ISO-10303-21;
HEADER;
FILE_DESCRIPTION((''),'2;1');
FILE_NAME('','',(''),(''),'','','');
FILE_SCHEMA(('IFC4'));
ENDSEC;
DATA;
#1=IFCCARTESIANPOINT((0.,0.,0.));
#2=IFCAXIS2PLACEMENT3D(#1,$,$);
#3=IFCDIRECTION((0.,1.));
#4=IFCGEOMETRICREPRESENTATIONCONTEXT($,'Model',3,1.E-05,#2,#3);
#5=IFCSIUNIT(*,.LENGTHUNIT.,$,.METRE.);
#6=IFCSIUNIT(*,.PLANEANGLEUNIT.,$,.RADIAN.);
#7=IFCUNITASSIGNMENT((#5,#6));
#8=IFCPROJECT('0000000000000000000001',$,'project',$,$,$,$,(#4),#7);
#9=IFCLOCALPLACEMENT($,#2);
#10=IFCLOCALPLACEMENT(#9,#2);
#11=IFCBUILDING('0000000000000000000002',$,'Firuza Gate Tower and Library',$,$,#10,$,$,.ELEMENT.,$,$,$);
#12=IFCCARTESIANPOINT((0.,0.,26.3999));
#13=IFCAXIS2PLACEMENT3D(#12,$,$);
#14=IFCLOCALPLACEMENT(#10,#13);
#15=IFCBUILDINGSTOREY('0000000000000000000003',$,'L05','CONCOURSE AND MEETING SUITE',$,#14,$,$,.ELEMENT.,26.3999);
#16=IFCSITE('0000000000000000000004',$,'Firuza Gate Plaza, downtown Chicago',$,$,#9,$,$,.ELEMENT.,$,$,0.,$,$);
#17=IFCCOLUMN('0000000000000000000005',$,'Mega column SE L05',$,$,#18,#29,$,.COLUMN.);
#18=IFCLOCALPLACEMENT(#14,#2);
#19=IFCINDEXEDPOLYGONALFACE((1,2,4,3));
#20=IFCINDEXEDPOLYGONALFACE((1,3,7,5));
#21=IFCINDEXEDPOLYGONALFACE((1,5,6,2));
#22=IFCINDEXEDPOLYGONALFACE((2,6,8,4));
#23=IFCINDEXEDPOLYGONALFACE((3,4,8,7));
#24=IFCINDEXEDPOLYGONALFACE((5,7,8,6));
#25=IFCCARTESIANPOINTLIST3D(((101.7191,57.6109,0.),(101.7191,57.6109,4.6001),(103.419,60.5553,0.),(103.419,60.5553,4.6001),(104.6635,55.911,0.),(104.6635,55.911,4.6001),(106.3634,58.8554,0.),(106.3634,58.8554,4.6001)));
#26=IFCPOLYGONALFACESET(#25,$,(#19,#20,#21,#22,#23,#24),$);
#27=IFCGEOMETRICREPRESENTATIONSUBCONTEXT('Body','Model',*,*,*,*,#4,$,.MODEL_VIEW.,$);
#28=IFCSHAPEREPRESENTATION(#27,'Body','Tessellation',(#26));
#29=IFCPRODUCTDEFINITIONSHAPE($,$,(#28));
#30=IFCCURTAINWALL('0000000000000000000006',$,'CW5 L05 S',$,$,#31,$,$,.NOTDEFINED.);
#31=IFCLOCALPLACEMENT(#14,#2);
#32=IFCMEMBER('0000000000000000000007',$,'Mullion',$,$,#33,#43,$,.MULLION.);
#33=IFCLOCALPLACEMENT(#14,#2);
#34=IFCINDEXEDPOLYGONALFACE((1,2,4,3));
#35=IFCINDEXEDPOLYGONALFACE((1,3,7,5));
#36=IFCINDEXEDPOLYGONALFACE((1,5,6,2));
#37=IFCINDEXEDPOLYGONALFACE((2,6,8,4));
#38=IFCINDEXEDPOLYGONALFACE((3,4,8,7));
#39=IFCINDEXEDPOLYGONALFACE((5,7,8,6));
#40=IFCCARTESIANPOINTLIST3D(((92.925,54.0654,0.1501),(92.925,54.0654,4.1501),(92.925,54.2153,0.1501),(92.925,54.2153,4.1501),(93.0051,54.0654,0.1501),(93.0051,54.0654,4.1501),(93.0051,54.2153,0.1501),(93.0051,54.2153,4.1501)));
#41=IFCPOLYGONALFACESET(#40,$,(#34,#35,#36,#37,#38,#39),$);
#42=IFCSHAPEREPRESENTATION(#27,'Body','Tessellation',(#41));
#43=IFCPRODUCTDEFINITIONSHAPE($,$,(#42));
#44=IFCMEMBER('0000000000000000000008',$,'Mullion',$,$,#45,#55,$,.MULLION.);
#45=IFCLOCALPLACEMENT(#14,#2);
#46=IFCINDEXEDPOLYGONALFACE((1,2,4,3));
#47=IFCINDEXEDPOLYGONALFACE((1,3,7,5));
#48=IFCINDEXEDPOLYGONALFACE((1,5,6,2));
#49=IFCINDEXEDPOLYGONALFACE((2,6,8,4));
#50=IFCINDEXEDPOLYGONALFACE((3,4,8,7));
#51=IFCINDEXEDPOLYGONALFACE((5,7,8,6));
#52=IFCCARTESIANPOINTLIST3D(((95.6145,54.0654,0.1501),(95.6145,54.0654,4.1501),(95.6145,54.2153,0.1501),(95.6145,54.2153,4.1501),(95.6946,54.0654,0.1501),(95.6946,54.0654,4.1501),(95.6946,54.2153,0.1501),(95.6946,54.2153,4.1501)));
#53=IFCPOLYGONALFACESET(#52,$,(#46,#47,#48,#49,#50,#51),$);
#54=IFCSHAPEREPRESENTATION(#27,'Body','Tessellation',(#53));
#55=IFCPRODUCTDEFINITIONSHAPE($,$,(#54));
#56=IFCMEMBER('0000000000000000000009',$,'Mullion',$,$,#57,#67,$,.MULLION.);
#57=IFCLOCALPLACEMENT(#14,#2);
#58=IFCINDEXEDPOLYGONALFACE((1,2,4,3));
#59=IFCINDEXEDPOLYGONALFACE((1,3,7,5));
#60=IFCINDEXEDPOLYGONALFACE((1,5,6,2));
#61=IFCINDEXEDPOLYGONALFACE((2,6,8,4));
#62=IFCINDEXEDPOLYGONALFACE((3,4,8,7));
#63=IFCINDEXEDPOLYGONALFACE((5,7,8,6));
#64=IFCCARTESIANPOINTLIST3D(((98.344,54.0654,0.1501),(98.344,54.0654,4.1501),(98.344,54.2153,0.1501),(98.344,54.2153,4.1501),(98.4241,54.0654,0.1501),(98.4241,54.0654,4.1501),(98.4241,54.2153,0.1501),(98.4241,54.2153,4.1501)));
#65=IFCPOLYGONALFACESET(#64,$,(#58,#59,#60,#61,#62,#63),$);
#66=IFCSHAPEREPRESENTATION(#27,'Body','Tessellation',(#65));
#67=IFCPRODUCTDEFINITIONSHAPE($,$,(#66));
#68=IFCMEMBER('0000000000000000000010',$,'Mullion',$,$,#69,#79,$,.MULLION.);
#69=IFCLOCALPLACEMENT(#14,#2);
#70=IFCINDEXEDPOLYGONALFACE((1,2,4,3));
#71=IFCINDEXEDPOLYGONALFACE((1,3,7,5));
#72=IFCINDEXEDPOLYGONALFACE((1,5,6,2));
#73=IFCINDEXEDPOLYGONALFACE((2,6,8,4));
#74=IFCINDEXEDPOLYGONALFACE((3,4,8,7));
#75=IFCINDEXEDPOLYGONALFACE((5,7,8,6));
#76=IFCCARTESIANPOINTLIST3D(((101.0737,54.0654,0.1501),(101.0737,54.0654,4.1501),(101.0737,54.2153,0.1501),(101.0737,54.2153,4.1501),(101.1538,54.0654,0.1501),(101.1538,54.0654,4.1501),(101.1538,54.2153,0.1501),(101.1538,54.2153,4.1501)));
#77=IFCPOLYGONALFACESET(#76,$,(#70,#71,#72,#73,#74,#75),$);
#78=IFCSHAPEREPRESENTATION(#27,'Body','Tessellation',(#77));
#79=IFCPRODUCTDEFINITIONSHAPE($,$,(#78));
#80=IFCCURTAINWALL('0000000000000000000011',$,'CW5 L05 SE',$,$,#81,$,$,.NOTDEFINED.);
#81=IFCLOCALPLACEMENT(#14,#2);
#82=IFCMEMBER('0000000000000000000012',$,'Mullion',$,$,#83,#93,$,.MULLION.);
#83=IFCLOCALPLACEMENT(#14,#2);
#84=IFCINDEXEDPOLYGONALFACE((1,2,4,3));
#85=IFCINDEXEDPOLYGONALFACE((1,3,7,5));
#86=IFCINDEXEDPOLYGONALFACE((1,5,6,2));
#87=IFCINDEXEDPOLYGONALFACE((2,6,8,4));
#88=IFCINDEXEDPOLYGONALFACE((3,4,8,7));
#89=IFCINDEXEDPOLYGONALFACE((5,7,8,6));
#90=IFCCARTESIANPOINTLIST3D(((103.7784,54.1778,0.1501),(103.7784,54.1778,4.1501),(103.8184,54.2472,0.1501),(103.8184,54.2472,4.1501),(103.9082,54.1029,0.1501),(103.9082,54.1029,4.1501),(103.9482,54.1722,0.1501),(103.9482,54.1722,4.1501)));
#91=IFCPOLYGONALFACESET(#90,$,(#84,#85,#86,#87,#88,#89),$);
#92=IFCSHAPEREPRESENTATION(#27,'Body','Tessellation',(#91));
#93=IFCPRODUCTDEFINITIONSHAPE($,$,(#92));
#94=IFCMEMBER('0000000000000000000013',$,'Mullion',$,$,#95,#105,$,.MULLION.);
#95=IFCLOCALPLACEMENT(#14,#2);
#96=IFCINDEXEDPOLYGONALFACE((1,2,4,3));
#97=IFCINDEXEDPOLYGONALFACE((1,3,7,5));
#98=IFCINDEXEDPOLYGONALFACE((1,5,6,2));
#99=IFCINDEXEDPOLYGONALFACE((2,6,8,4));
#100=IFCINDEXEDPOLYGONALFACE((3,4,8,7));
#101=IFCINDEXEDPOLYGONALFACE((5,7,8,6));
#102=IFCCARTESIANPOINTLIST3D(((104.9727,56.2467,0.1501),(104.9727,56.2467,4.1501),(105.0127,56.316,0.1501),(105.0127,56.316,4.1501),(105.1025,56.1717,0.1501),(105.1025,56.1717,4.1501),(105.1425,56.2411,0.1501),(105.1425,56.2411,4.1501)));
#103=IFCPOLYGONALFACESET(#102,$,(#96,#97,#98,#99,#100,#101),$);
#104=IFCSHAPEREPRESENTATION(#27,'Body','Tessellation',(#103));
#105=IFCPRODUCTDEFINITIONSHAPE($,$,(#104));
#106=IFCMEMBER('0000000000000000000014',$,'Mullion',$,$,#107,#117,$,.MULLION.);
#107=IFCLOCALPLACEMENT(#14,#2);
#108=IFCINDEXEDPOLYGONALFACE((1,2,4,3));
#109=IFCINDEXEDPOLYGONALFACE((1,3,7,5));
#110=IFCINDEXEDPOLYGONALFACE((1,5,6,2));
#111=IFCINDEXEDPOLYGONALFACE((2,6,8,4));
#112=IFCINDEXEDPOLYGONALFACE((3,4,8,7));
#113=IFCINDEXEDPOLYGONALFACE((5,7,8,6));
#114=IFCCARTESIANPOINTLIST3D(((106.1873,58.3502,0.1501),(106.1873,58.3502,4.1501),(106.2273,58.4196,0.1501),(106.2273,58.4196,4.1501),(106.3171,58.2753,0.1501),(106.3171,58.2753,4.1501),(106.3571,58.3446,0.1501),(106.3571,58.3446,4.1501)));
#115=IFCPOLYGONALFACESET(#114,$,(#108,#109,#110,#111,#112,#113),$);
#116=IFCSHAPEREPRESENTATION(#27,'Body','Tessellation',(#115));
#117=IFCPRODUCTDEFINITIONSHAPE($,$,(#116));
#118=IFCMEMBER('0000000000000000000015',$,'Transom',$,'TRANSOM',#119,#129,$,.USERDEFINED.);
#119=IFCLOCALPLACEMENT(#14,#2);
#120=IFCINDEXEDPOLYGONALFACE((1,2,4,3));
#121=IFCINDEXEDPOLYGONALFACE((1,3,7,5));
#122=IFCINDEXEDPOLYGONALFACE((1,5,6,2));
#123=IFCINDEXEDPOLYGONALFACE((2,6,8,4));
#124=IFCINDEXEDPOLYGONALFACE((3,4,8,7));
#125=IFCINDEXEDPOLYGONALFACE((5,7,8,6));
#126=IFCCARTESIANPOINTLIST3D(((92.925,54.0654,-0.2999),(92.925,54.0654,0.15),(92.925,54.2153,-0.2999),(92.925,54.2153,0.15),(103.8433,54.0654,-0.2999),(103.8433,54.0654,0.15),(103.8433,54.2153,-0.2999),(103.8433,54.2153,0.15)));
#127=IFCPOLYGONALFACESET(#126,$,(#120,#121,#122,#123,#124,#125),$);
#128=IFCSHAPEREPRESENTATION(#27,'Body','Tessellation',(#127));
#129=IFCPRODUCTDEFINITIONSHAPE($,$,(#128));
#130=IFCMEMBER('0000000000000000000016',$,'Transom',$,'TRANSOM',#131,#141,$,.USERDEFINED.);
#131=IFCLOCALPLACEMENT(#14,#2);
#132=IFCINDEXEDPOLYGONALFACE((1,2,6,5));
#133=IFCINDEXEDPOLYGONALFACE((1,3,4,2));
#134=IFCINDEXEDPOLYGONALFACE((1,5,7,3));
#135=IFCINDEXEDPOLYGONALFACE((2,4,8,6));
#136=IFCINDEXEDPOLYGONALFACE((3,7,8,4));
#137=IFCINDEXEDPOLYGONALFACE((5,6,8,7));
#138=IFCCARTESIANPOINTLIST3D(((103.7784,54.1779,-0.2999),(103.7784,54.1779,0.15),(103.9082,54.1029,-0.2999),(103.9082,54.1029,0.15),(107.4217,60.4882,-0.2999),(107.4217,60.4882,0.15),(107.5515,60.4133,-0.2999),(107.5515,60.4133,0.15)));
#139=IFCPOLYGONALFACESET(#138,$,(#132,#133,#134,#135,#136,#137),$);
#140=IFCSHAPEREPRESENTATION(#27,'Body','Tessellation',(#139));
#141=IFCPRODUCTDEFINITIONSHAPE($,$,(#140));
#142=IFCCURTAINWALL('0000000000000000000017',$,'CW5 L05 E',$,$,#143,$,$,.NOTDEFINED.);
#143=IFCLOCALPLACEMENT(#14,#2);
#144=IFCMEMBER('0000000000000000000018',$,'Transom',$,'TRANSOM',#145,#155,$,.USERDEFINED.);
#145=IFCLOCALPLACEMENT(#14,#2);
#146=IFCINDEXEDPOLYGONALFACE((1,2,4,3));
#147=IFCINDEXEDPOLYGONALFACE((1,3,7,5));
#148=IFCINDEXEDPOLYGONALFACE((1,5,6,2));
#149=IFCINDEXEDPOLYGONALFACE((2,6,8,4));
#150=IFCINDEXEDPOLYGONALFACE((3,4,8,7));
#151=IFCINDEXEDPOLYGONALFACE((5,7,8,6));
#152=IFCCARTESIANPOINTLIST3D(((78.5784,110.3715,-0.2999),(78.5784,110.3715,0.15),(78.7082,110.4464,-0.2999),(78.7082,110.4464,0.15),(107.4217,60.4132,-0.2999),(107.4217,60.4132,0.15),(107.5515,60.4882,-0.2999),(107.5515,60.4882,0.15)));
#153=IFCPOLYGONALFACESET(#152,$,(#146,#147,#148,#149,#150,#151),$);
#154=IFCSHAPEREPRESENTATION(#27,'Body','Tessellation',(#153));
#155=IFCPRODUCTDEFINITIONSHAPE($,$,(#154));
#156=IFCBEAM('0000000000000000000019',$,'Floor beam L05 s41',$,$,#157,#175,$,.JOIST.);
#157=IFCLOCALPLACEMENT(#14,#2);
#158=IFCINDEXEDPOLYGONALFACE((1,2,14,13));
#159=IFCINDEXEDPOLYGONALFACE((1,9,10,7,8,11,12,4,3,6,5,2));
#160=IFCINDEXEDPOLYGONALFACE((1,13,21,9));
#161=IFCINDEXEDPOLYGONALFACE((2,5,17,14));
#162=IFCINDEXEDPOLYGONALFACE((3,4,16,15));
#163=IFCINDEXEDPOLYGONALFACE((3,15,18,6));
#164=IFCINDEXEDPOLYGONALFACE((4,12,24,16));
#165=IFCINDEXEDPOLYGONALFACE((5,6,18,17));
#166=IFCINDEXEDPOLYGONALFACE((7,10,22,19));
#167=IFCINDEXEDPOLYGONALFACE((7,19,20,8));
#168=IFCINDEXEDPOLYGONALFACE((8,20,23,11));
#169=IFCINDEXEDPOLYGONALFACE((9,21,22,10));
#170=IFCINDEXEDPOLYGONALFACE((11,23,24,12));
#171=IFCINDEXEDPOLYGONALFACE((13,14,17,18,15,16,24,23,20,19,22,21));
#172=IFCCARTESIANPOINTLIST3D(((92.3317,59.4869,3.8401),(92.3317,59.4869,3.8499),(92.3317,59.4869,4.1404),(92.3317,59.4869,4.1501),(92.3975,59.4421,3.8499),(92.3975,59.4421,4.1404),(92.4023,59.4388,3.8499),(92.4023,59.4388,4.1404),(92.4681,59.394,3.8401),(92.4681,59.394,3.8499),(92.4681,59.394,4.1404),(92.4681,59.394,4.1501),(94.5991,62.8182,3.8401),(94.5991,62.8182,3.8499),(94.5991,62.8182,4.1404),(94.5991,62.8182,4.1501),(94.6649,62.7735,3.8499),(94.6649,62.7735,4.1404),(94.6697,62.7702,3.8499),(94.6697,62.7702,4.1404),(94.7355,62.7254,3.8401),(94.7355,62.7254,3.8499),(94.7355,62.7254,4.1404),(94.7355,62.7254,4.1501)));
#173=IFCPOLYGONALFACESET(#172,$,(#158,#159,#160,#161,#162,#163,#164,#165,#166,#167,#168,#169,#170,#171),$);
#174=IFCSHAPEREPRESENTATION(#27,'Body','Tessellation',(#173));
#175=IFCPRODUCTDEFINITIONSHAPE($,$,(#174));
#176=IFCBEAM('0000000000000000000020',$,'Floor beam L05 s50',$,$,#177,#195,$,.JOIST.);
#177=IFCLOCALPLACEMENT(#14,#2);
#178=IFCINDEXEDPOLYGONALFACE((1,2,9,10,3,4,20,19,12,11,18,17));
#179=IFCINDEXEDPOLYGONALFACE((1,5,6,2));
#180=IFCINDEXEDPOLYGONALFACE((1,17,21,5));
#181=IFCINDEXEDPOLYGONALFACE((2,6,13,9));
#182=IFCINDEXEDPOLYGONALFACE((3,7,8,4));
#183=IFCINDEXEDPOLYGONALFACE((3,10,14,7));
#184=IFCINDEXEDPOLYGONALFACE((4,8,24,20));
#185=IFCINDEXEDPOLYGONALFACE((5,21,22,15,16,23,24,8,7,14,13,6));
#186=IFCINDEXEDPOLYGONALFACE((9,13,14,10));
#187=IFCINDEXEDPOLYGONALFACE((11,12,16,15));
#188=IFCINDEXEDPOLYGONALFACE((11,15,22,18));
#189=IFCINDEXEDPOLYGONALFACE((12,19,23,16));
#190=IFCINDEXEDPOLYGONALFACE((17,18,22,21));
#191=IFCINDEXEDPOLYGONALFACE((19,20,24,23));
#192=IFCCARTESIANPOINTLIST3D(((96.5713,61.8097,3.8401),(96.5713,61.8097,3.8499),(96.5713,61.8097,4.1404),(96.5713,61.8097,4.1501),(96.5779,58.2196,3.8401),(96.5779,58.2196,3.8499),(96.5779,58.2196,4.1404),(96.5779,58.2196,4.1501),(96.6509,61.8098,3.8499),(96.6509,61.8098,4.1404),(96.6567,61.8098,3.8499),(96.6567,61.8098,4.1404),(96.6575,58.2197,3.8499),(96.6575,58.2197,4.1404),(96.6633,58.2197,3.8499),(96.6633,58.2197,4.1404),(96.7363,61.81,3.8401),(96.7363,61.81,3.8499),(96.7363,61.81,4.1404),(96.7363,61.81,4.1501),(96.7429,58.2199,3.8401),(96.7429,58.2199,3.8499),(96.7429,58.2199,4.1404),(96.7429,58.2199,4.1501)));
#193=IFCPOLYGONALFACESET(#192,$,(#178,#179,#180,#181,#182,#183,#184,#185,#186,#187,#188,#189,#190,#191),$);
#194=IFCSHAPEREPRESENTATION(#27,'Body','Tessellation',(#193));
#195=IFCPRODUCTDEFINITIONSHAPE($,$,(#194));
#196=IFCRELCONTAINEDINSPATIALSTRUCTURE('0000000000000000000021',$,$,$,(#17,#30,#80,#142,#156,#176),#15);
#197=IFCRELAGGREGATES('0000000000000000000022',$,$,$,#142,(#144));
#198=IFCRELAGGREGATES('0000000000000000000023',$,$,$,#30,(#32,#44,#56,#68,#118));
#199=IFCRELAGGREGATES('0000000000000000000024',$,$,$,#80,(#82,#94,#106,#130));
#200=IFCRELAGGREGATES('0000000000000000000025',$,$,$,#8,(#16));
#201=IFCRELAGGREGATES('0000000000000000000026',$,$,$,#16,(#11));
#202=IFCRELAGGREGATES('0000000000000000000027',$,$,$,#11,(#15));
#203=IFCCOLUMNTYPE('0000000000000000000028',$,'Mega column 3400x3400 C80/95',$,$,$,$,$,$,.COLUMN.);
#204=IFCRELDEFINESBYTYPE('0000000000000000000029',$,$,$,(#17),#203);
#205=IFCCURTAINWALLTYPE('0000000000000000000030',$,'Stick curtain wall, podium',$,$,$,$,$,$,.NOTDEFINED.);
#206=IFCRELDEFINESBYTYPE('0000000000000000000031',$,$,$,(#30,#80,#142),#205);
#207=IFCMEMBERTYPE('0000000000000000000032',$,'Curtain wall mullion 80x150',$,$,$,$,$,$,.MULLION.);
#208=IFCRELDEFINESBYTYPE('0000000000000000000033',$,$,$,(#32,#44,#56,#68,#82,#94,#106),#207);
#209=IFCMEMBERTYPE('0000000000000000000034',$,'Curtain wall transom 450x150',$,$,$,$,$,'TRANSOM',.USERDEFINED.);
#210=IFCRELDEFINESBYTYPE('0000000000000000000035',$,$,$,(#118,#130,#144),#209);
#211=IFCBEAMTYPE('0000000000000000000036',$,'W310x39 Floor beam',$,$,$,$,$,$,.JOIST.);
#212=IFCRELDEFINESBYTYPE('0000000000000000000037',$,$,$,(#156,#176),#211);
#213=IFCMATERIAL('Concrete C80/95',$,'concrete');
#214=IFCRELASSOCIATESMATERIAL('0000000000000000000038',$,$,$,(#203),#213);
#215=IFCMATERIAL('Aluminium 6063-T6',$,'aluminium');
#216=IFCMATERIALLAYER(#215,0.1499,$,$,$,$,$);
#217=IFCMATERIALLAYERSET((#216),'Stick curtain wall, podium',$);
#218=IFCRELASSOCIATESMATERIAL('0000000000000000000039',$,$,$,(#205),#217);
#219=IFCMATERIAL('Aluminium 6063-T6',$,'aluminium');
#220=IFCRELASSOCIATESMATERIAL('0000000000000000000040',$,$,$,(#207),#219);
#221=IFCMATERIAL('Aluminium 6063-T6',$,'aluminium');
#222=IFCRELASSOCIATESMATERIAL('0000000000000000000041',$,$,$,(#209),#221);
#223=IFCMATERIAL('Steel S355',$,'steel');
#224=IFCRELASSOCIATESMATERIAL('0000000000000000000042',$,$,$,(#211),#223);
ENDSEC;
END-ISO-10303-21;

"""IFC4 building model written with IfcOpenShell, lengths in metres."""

from ifc_helpers import new_model, si_unit, direction, frame, origin, origin_2d, place, context, subcontext, project, spatial, rectangle, i_section, extrude, material, layer, layer_set, material_profile, profile_set, type_object, element, aggregate, save


model = new_model("IFC4")

# Units and contexts
model_context = context("Model", 3, precision=1e-05, world=origin(), true_north=direction((0.0, 1.0)))
body_context = subcontext(model_context, "Body", "Model", "MODEL_VIEW")
ifc_project = project(units=[si_unit("LENGTHUNIT", "METRE"), si_unit("PLANEANGLEUNIT", "RADIAN")], contexts=[model_context])

# Site, building, storey
site_placement = place(None, origin())
site = spatial("IfcSite", under=ifc_project, at=site_placement, Name="Firuza Gate Plaza, downtown Chicago", CompositionType="ELEMENT", RefElevation=0.0)
building_placement = place(site_placement, origin())
building = spatial("IfcBuilding", under=site, at=building_placement, Name="Firuza Gate Tower and Library", CompositionType="ELEMENT")
storey_placement = place(building_placement, frame((0.0, 0.0, 26.3999)))
storey = spatial("IfcBuildingStorey", under=building, at=storey_placement, Name="L05", Description="CONCOURSE AND MEETING SUITE", CompositionType="ELEMENT", Elevation=26.3999)

# Column
ifc_material_1 = material(Name="Concrete C80/95", Category="concrete")
ifc_material_profile_1 = material_profile(ifc_material_1, rectangle(XDim=3.3999, YDim=3.3999, at=origin_2d()))
ifc_profile_set_1 = profile_set([ifc_material_profile_1], Name="Concrete C80/95")
column_type = type_object("IfcColumnType", Name="Mega column 3400x3400 C80/95", PredefinedType="COLUMN", material=ifc_profile_set_1)
column_placement = place(storey_placement, frame((104.0413, 58.2332, 0.0), z_axis=(0.0, 0.0, 1.0), x_axis=(0.5, 0.866025, 0.0)))
element("IfcColumn", 1, at=column_placement, inside=storey, type_object=column_type, Name="Mega column SE L05", PredefinedType="COLUMN", context=body_context, shape_type="SweptSolid", body=[
    extrude(rectangle(XDim=3.3999, YDim=3.3999, at=origin_2d()), origin(), (0.0, 0.0, 1.0), 4.6001),
])

# Curtain walls, members
ifc_material_2 = material(Name="Aluminium 6063-T6", Category="aluminium")
ifc_layer_1 = layer(ifc_material_2, 0.1499)
ifc_layer_set_1 = layer_set([ifc_layer_1], Name="Stick curtain wall, podium")
curtain_wall_type = type_object("IfcCurtainWallType", Name="Stick curtain wall, podium", PredefinedType="NOTDEFINED", material=ifc_layer_set_1)
placement = place(storey_placement, origin())
curtain_wall_1 = element("IfcCurtainWall", 2, at=placement, inside=storey, type_object=curtain_wall_type, Name="CW5 L05 S", PredefinedType="NOTDEFINED")
ifc_material_3 = material(Name="Aluminium 6063-T6", Category="aluminium")
ifc_material_profile_2 = material_profile(ifc_material_3, rectangle(XDim=0.1499, YDim=0.0801, at=origin_2d()))
ifc_profile_set_2 = profile_set([ifc_material_profile_2], Name="Aluminium 6063-T6")
member_type_1 = type_object("IfcMemberType", Name="Curtain wall mullion 80x150", PredefinedType="MULLION", material=ifc_profile_set_2)
member_1_placement = place(storey_placement, frame((92.9651, 54.1404, 0.1501), z_axis=(0.0, 0.0, 1.0), x_axis=(0.0, 1.0, 0.0)))
member_1 = element("IfcMember", 3, at=member_1_placement, type_object=member_type_1, Name="Mullion", PredefinedType="MULLION", context=body_context, shape_type="SweptSolid", body=[
    extrude(rectangle(XDim=0.1499, YDim=0.0801, at=origin_2d()), origin(), (0.0, 0.0, 1.0), 4.0),
])
member_2_placement = place(storey_placement, frame((95.6545, 54.1404, 0.1501), z_axis=(0.0, 0.0, 1.0), x_axis=(0.0, 1.0, 0.0)))
member_2 = element("IfcMember", 4, at=member_2_placement, type_object=member_type_1, Name="Mullion", PredefinedType="MULLION", context=body_context, shape_type="SweptSolid", body=[
    extrude(rectangle(XDim=0.1499, YDim=0.0801, at=origin_2d()), origin(), (0.0, 0.0, 1.0), 4.0),
])
member_3_placement = place(storey_placement, frame((98.384, 54.1404, 0.1501), z_axis=(0.0, 0.0, 1.0), x_axis=(0.0, 1.0, 0.0)))
member_3 = element("IfcMember", 5, at=member_3_placement, type_object=member_type_1, Name="Mullion", PredefinedType="MULLION", context=body_context, shape_type="SweptSolid", body=[
    extrude(rectangle(XDim=0.1499, YDim=0.0801, at=origin_2d()), origin(), (0.0, 0.0, 1.0), 4.0),
])
member_4_placement = place(storey_placement, frame((101.1138, 54.1404, 0.1501), z_axis=(0.0, 0.0, 1.0), x_axis=(0.0, 1.0, 0.0)))
member_4 = element("IfcMember", 6, at=member_4_placement, type_object=member_type_1, Name="Mullion", PredefinedType="MULLION", context=body_context, shape_type="SweptSolid", body=[
    extrude(rectangle(XDim=0.1499, YDim=0.0801, at=origin_2d()), origin(), (0.0, 0.0, 1.0), 4.0),
])
curtain_wall_2 = element("IfcCurtainWall", 7, at=placement, inside=storey, type_object=curtain_wall_type, Name="CW5 L05 SE", PredefinedType="NOTDEFINED")
member_5_placement = place(storey_placement, frame((103.8633, 54.175, 0.1501), z_axis=(0.0, 0.0, 1.0), x_axis=(-0.866025, 0.5, 0.0)))
member_5 = element("IfcMember", 8, at=member_5_placement, type_object=member_type_1, Name="Mullion", PredefinedType="MULLION", context=body_context, shape_type="SweptSolid", body=[
    extrude(rectangle(XDim=0.1499, YDim=0.0801, at=origin_2d()), origin(), (0.0, 0.0, 1.0), 4.0),
])
member_6_placement = place(storey_placement, frame((105.0576, 56.2439, 0.1501), z_axis=(0.0, 0.0, 1.0), x_axis=(-0.866025, 0.5, 0.0)))
member_6 = element("IfcMember", 9, at=member_6_placement, type_object=member_type_1, Name="Mullion", PredefinedType="MULLION", context=body_context, shape_type="SweptSolid", body=[
    extrude(rectangle(XDim=0.1499, YDim=0.0801, at=origin_2d()), origin(), (0.0, 0.0, 1.0), 4.0),
])
member_7_placement = place(storey_placement, frame((106.2722, 58.3474, 0.1501), z_axis=(0.0, 0.0, 1.0), x_axis=(-0.866025, 0.5, 0.0)))
member_7 = element("IfcMember", 10, at=member_7_placement, type_object=member_type_1, Name="Mullion", PredefinedType="MULLION", context=body_context, shape_type="SweptSolid", body=[
    extrude(rectangle(XDim=0.1499, YDim=0.0801, at=origin_2d()), origin(), (0.0, 0.0, 1.0), 4.0),
])

# Members
ifc_material_4 = material(Name="Aluminium 6063-T6", Category="aluminium")
ifc_material_profile_3 = material_profile(ifc_material_4, rectangle(XDim=0.1499, YDim=0.45, at=origin_2d()))
ifc_profile_set_3 = profile_set([ifc_material_profile_3], Name="Aluminium 6063-T6")
member_type_2 = type_object("IfcMemberType", Name="Curtain wall transom 450x150", ElementType="TRANSOM", PredefinedType="USERDEFINED", material=ifc_profile_set_3)
member_8_placement = place(storey_placement, frame((92.925, 54.1404, -0.075), z_axis=(1.0, 0.0, 0.0), x_axis=(0.0, 1.0, 0.0)))
member_8 = element("IfcMember", 11, at=member_8_placement, type_object=member_type_2, Name="Transom", ObjectType="TRANSOM", PredefinedType="USERDEFINED", context=body_context, shape_type="SweptSolid", body=[
    extrude(rectangle(XDim=0.1499, YDim=0.45, at=origin_2d()), origin(), (0.0, 0.0, 1.0), 10.9182),
])
member_9_placement = place(storey_placement, frame((103.8433, 54.1404, -0.075), z_axis=(0.500006, 0.866022, 0.0), x_axis=(-0.866022, 0.500006, 0.0)))
member_9 = element("IfcMember", 12, at=member_9_placement, type_object=member_type_2, Name="Transom", ObjectType="TRANSOM", PredefinedType="USERDEFINED", context=body_context, shape_type="SweptSolid", body=[
    extrude(rectangle(XDim=0.1499, YDim=0.45, at=origin_2d()), origin(), (0.0, 0.0, 1.0), 7.2866),
])

# Curtain wall, member
curtain_wall_3 = element("IfcCurtainWall", 13, at=placement, inside=storey, type_object=curtain_wall_type, Name="CW5 L05 E", PredefinedType="NOTDEFINED")
member_10_placement = place(storey_placement, frame((107.4866, 60.4507, -0.075), z_axis=(-0.499998, 0.866027, 0.0), x_axis=(-0.866027, -0.499998, 0.0)))
member_10 = element("IfcMember", 14, at=member_10_placement, type_object=member_type_2, Name="Transom", ObjectType="TRANSOM", PredefinedType="USERDEFINED", context=body_context, shape_type="SweptSolid", body=[
    extrude(rectangle(XDim=0.1499, YDim=0.45, at=origin_2d()), origin(), (0.0, 0.0, 1.0), 57.6868),
])
aggregate(curtain_wall_3, [member_10])

# Beams
ifc_material_5 = material(Name="Steel S355", Category="steel")
ifc_material_profile_4 = material_profile(ifc_material_5, i_section(OverallWidth=0.165, OverallDepth=0.3101, WebThickness=0.0059, FlangeThickness=0.0098, at=origin_2d()))
ifc_profile_set_4 = profile_set([ifc_material_profile_4], Name="Steel S355")
beam_type_1 = type_object("IfcBeamType", Name="W310x39 Floor beam", PredefinedType="JOIST", material=ifc_profile_set_4)
beam_1_placement = place(storey_placement, frame((92.3999, 59.4404, 3.9951), z_axis=(0.562658, 0.82669, 0.0), x_axis=(-0.82669, 0.562658, 0.0)))
element("IfcBeam", 15, at=beam_1_placement, inside=storey, type_object=beam_type_1, Name="Floor beam L05 s41", PredefinedType="JOIST", context=body_context, shape_type="SweptSolid", body=[
    extrude(i_section(OverallWidth=0.165, OverallDepth=0.3101, WebThickness=0.0059, FlangeThickness=0.0098, at=origin_2d()), origin(), (0.0, 0.0, 1.0), 4.0298),
])
beam_2_placement = place(storey_placement, frame((96.6604, 58.2197, 3.9951), z_axis=(-0.001836, 0.999998, 0.0), x_axis=(-0.999998, -0.001836, 0.0)))
element("IfcBeam", 16, at=beam_2_placement, inside=storey, type_object=beam_type_1, Name="Floor beam L05 s50", PredefinedType="JOIST", context=body_context, shape_type="SweptSolid", body=[
    extrude(i_section(OverallWidth=0.165, OverallDepth=0.3101, WebThickness=0.0059, FlangeThickness=0.0098, at=origin_2d()), origin(), (0.0, 0.0, 1.0), 3.5901),
])

aggregate(curtain_wall_1, [member_1, member_2, member_3, member_4, member_8])
aggregate(curtain_wall_2, [member_5, member_6, member_7, member_9])

save(model, "model.ifc")
